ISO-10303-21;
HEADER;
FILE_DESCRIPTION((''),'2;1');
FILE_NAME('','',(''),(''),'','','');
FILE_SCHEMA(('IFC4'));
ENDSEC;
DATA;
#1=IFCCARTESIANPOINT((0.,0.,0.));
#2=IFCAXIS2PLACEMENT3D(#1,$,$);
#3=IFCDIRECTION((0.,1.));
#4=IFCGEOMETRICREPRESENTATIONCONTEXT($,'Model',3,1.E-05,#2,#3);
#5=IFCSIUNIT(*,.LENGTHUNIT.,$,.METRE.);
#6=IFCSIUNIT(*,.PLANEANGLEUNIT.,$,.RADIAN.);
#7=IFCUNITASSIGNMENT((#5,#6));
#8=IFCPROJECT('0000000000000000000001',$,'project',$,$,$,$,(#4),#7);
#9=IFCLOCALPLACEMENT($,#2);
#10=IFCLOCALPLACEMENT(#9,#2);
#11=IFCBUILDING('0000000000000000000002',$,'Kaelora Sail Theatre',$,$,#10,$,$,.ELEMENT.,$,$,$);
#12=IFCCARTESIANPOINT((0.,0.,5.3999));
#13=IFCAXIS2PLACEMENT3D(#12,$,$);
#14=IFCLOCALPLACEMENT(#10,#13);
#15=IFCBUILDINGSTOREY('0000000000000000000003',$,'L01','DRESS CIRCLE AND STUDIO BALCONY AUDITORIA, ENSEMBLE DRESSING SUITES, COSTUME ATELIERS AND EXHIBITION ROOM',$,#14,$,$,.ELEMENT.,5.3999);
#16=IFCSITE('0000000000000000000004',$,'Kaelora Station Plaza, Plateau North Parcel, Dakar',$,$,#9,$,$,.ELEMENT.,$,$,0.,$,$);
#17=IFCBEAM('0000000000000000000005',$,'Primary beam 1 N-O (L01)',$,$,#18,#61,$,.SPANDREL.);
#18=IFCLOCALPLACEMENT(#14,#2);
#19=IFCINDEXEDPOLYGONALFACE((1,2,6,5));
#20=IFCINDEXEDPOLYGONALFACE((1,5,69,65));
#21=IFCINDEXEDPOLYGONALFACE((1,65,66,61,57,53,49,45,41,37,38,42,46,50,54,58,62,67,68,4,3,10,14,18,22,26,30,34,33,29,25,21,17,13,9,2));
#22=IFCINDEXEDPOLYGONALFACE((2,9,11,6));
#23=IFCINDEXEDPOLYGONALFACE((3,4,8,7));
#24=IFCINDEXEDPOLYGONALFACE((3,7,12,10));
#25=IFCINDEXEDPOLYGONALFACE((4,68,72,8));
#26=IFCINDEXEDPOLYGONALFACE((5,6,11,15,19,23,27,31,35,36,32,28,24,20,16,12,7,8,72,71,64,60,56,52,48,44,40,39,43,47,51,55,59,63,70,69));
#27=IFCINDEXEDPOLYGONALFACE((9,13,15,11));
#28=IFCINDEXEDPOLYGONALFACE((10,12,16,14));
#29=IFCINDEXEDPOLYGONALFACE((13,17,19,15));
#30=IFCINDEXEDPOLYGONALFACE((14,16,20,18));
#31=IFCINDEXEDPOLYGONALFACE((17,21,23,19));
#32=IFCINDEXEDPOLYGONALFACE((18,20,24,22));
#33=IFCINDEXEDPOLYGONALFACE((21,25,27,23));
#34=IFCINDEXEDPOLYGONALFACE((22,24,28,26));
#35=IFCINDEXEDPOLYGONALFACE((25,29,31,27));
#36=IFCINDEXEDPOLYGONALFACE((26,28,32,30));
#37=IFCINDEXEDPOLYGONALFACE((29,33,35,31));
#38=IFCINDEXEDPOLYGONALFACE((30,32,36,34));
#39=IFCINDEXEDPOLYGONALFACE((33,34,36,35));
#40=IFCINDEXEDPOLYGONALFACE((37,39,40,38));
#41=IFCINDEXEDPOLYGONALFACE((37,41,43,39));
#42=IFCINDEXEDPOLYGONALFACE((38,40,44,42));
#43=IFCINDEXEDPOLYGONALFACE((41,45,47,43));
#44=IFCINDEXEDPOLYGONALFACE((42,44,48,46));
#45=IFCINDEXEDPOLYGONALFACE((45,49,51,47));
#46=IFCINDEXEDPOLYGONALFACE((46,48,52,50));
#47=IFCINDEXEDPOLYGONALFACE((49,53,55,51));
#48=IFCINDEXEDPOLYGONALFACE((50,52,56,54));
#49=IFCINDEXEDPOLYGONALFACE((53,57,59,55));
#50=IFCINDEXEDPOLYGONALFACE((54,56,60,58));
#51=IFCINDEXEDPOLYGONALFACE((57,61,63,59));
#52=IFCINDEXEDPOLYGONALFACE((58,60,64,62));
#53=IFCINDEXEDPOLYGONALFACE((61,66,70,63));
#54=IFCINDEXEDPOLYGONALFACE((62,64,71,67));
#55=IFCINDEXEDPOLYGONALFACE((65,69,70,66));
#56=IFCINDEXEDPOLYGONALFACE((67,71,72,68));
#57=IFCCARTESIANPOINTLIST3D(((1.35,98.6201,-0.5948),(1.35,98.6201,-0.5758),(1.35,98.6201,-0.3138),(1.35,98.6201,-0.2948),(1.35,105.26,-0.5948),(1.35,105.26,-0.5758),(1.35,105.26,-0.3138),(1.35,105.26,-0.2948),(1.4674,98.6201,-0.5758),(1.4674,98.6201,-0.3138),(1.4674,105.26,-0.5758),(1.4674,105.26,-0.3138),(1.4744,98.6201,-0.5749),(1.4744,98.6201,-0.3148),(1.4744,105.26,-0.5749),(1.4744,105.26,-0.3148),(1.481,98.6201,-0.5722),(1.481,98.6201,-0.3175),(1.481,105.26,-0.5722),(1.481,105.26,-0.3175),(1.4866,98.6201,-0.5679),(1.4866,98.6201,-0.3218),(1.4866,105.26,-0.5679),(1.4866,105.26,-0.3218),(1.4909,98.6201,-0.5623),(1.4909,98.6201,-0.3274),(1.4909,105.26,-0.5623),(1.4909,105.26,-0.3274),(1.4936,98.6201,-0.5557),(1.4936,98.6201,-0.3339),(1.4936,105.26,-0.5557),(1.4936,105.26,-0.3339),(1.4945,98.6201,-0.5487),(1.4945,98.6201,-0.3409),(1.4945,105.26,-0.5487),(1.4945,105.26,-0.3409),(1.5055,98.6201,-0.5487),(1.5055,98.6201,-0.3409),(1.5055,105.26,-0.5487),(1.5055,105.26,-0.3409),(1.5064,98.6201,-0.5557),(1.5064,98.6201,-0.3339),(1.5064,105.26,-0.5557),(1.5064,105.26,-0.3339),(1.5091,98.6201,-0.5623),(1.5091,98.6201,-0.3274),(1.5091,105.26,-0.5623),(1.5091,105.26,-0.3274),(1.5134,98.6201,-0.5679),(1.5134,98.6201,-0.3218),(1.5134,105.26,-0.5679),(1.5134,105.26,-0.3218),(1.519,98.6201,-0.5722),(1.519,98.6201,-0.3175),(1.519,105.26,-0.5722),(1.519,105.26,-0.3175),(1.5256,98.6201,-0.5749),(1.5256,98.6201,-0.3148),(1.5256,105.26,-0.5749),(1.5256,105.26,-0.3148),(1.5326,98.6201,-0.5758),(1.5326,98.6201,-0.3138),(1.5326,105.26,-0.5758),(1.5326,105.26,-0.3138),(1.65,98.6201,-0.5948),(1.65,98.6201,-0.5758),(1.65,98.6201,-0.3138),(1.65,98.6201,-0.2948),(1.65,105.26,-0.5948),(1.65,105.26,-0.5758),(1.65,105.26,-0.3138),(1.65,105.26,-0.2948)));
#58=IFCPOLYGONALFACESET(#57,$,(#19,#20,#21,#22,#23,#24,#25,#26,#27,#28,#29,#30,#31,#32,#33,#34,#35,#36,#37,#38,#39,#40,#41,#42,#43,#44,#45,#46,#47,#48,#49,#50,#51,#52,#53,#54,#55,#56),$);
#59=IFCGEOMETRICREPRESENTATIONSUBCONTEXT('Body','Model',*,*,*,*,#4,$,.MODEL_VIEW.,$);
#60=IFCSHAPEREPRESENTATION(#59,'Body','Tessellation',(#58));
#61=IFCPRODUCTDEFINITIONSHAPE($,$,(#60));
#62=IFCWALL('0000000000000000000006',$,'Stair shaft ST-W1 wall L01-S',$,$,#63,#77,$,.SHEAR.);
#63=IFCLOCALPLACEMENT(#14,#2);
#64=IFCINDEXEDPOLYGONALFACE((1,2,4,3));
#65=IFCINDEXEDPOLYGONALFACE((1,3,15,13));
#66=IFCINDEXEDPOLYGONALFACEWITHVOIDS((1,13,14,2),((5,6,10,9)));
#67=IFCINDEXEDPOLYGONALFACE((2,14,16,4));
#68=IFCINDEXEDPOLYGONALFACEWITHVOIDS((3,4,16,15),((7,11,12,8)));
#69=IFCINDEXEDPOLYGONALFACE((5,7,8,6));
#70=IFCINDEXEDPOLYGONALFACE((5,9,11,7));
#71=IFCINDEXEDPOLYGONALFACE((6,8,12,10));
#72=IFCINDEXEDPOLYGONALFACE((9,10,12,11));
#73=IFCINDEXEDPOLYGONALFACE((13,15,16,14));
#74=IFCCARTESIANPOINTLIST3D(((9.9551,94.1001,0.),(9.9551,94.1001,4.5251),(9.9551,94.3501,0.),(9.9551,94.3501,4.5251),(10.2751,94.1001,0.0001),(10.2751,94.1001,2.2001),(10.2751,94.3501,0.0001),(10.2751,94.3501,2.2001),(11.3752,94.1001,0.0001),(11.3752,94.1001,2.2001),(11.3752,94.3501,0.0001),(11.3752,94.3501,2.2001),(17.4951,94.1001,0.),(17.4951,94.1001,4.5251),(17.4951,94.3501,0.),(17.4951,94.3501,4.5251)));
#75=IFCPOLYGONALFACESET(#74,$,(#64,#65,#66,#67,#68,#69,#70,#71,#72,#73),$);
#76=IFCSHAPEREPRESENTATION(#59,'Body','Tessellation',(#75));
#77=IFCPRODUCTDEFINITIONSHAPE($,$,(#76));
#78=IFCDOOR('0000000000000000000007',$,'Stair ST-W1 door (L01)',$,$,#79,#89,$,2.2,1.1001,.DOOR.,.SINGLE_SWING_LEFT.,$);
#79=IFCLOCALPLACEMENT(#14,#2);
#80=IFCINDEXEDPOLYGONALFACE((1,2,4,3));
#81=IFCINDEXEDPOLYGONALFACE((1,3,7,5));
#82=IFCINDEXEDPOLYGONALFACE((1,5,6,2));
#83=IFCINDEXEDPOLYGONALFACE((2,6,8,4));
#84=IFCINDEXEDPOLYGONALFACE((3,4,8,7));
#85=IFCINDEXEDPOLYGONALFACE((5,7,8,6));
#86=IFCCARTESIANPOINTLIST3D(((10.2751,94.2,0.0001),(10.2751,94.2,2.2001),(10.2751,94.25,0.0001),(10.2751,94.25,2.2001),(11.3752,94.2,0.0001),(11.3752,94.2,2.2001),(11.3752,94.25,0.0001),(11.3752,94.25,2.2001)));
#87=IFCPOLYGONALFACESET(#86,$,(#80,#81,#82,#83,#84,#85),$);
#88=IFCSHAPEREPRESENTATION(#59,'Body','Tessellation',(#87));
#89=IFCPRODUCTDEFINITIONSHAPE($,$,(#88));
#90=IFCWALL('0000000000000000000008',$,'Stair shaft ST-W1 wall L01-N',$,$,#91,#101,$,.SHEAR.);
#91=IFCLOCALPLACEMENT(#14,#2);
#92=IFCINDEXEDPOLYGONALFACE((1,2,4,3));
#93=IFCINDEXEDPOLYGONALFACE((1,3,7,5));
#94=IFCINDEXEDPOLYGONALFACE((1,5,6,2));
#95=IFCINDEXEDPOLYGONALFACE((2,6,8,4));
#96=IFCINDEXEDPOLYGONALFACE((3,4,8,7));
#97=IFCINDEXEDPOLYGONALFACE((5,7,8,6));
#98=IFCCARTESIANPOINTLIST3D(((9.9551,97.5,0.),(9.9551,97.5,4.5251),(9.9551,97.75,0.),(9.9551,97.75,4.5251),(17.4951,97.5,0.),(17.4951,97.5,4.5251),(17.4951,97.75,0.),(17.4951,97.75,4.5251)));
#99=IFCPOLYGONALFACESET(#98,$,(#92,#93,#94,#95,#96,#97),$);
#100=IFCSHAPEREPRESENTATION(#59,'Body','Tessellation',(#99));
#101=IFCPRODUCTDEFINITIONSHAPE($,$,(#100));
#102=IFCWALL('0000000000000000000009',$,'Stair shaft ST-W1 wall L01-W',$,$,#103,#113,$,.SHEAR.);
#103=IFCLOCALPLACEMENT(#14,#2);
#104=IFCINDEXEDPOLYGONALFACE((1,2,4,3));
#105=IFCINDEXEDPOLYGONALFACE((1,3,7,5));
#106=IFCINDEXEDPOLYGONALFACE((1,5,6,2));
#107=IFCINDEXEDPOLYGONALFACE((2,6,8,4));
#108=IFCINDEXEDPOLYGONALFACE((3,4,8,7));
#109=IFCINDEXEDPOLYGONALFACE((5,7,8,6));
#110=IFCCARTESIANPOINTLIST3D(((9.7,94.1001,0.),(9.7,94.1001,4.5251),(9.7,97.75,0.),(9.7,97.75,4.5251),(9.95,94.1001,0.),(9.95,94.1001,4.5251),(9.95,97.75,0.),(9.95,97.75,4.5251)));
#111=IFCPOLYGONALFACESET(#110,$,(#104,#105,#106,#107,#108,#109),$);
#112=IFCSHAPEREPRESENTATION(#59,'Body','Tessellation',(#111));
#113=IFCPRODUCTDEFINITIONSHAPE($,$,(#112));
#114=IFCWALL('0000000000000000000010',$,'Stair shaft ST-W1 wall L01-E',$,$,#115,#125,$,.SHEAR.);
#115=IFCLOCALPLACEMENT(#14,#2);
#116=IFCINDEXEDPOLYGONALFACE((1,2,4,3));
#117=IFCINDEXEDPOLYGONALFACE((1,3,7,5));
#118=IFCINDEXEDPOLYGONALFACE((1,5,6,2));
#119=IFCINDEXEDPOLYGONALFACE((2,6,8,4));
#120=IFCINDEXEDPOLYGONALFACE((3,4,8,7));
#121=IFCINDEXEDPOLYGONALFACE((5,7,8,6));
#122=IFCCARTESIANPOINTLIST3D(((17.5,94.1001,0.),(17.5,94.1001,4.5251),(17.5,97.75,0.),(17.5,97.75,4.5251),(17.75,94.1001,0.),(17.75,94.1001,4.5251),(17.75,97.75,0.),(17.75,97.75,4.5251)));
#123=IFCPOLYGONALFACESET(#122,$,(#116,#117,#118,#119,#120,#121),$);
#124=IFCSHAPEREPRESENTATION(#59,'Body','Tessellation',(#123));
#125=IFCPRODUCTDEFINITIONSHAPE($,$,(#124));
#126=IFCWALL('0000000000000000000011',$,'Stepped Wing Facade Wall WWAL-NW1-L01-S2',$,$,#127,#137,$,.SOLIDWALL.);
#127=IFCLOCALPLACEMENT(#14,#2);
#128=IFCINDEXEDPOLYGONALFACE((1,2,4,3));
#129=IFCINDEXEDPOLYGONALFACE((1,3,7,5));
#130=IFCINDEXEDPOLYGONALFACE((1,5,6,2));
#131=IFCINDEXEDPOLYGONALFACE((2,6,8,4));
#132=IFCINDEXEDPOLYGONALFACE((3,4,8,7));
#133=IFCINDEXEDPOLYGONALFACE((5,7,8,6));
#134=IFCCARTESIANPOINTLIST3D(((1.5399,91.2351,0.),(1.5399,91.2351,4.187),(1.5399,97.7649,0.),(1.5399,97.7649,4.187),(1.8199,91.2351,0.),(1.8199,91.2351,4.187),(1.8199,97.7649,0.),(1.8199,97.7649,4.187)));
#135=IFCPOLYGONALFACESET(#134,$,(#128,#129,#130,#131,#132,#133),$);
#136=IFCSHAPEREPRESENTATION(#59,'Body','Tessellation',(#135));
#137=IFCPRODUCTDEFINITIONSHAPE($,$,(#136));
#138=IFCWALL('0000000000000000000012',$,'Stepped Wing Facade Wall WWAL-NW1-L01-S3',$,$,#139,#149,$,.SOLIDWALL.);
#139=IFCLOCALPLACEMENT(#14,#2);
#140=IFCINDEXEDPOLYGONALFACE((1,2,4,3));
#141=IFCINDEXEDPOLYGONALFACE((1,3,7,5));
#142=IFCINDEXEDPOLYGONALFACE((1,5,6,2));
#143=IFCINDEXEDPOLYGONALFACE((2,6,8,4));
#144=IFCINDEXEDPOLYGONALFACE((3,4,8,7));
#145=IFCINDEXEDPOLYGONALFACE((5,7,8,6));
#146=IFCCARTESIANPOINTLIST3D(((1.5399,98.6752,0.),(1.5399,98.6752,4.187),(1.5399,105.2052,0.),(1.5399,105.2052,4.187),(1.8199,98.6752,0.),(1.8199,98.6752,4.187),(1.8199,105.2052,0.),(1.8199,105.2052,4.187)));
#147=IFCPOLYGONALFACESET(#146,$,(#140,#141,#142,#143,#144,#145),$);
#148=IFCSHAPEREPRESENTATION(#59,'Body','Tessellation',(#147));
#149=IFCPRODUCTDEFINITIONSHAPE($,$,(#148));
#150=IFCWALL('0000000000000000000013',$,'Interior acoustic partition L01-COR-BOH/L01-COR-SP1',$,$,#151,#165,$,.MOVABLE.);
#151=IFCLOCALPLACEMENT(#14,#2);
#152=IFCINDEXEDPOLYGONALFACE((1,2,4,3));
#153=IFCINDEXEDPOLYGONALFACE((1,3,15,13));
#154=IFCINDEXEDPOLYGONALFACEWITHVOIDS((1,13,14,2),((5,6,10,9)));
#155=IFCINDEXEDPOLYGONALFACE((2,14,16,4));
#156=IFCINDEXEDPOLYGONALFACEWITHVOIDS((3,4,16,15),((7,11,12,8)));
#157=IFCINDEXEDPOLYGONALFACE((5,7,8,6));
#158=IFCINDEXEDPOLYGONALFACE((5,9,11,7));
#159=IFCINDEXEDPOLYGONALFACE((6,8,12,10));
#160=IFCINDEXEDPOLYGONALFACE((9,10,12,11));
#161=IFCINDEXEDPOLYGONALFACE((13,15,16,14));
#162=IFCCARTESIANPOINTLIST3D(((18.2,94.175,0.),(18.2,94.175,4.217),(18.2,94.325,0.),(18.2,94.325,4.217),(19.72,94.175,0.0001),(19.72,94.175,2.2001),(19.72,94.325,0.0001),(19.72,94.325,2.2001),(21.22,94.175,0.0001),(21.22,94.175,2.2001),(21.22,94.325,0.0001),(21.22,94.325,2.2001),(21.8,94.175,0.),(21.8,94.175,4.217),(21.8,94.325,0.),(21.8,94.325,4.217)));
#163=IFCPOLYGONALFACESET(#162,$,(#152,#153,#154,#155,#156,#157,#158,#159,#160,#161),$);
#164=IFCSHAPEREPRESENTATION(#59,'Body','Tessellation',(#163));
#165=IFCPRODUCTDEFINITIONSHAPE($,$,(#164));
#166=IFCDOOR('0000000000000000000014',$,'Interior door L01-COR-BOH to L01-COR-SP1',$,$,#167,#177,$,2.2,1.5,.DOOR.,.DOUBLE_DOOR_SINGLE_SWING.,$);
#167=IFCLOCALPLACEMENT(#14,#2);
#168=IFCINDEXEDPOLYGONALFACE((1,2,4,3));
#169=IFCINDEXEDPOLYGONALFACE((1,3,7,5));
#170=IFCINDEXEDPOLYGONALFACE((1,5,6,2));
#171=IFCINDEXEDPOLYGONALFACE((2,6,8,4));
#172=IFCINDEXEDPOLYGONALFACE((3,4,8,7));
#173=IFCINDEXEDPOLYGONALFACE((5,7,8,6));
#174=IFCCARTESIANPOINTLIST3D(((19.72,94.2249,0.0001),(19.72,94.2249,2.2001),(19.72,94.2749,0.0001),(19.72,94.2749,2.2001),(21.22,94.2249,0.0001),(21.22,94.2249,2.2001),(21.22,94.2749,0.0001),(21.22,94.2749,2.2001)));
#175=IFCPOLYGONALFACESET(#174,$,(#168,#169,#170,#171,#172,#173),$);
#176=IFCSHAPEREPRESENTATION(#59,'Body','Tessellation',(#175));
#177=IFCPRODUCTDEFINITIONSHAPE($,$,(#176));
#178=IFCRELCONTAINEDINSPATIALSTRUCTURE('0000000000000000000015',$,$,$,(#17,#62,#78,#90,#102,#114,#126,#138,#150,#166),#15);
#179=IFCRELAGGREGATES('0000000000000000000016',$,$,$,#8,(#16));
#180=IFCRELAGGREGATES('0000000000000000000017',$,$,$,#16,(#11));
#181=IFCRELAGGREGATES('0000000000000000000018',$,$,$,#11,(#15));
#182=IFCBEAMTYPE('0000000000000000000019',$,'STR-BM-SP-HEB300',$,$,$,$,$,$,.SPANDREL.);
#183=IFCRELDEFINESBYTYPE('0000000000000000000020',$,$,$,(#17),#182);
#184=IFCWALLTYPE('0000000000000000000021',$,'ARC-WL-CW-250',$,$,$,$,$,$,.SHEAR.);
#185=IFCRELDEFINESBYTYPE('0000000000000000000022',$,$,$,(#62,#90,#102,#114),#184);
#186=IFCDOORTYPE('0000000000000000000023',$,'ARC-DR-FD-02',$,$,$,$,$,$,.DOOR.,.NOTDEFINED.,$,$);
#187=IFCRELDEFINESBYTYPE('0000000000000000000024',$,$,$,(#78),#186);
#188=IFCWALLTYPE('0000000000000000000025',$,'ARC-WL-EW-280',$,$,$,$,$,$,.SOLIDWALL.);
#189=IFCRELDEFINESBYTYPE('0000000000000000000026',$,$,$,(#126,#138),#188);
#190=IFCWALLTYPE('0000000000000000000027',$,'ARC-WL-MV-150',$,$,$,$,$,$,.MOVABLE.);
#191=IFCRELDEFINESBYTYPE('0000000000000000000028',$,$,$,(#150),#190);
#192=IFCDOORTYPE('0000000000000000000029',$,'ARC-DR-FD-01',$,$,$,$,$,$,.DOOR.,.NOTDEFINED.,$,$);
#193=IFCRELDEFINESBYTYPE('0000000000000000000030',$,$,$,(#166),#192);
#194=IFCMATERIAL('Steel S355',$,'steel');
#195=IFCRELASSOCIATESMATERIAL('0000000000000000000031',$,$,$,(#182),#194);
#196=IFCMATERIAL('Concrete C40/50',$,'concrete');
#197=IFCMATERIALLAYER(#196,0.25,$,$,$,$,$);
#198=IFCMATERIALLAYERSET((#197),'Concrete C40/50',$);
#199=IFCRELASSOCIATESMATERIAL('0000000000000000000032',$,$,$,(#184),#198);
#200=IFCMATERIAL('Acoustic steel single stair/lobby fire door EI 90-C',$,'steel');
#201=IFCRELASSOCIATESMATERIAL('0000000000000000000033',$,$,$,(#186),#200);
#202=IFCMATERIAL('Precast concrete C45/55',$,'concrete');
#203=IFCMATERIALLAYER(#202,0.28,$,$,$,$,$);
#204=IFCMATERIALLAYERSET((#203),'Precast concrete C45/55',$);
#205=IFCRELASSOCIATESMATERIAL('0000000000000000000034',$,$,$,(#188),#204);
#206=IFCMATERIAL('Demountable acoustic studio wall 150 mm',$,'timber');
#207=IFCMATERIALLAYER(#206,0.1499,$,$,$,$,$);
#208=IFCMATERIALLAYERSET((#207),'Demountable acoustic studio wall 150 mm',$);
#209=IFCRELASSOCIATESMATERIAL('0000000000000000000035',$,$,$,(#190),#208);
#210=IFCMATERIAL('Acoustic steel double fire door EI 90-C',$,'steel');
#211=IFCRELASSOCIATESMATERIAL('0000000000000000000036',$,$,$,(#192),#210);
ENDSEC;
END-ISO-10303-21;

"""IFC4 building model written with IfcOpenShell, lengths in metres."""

from ifc_helpers import new_model, si_unit, direction, frame, frame_2d, origin, origin_2d, place, context, subcontext, project, spatial, rectangle, i_section, extrude, material, layer, layer_set, material_profile, profile_set, type_object, element, fill, save


model = new_model("IFC4")

# Units and contexts
model_context = context("Model", 3, precision=1e-05, world=origin(), true_north=direction((0.0, 1.0)))
body_context = subcontext(model_context, "Body", "Model", "MODEL_VIEW")
ifc_project = project(units=[si_unit("LENGTHUNIT", "METRE"), si_unit("PLANEANGLEUNIT", "RADIAN")], contexts=[model_context])

# Site, building, storey
site_placement = place(None, origin())
site = spatial("IfcSite", under=ifc_project, at=site_placement, Name="Kaelora Station Plaza, Plateau North Parcel, Dakar", CompositionType="ELEMENT", RefElevation=0.0)
building_placement = place(site_placement, origin())
building = spatial("IfcBuilding", under=site, at=building_placement, Name="Kaelora Sail Theatre", CompositionType="ELEMENT")
storey_placement = place(building_placement, frame((0.0, 0.0, 5.3999)))
storey = spatial("IfcBuildingStorey", under=building, at=storey_placement, Name="L01", Description="DRESS CIRCLE AND STUDIO BALCONY AUDITORIA, ENSEMBLE DRESSING SUITES, COSTUME ATELIERS AND EXHIBITION ROOM", CompositionType="ELEMENT", Elevation=5.3999)

# Beam
ifc_material_1 = material(Name="Steel S355", Category="steel")
ifc_material_profile_1 = material_profile(ifc_material_1, i_section(OverallWidth=0.3, OverallDepth=0.3, WebThickness=0.011, FlangeThickness=0.019, FilletRadius=0.0271, at=origin_2d()), Name="HEB 300")
ifc_profile_set_1 = profile_set([ifc_material_profile_1], Name="Steel S355")
beam_type_1 = type_object("IfcBeamType", Name="STR-BM-SP-HEB300", PredefinedType="SPANDREL", material=ifc_profile_set_1)
beam_1_placement = place(storey_placement, frame((1.5, 98.6201, -0.4448), z_axis=(0.0, 1.0, 0.0), x_axis=(-1.0, 0.0, 0.0)))
element("IfcBeam", 1, at=beam_1_placement, inside=storey, type_object=beam_type_1, Name="Primary beam 1 N-O (L01)", PredefinedType="SPANDREL", context=body_context, shape_type="SweptSolid", body=[
    extrude(i_section(OverallWidth=0.3, OverallDepth=0.3, WebThickness=0.011, FlangeThickness=0.019, FilletRadius=0.0271, at=origin_2d()), origin(), (0.0, 0.0, 1.0), 6.6399),
])

# Wall, opening, door
ifc_material_2 = material(Name="Concrete C40/50", Category="concrete")
ifc_layer_1 = layer(ifc_material_2, 0.25)
ifc_layer_set_1 = layer_set([ifc_layer_1], Name="Concrete C40/50")
wall_type_1 = type_object("IfcWallType", Name="ARC-WL-CW-250", PredefinedType="SHEAR", material=ifc_layer_set_1)
wall_1_placement = place(storey_placement, frame((9.9551, 94.2251, 0.0), z_axis=(0.0, 0.0, 1.0), x_axis=(1.0, 0.0, 0.0)))
wall_1 = element("IfcWall", 2, at=wall_1_placement, inside=storey, type_object=wall_type_1, Name="Stair shaft ST-W1 wall L01-S", PredefinedType="SHEAR", context=body_context, shape_type="SweptSolid", body=[
    extrude(rectangle(XDim=7.54, YDim=0.25, at=frame_2d((3.77, 0.0))), origin(), (0.0, 0.0, 1.0), 4.5251),
])
opening_1_placement = place(wall_1_placement, frame((0.3201, 0.0, 0.0)))
opening_1 = element("IfcOpeningElement", 3, at=opening_1_placement, cuts=wall_1, PredefinedType="OPENING", context=body_context, shape_type="SweptSolid", body=[
    extrude(rectangle(XDim=1.1001, YDim=2.2, at=frame_2d((0.55, 1.1001))), frame((0.0, 0.135, 0.0), z_axis=(0.0, -1.0, 0.0), x_axis=(1.0, 0.0, 0.0)), (0.0, 0.0, 1.0), 0.27),
])
ifc_material_3 = material(Name="Acoustic steel single stair/lobby fire door EI 90-C", Category="steel")
door_type_1 = type_object("IfcDoorType", Name="ARC-DR-FD-02", OperationType="NOTDEFINED", PredefinedType="DOOR", material=ifc_material_3)
door_1_placement = place(opening_1_placement, origin())
door_1 = element("IfcDoor", 4, at=door_1_placement, inside=storey, type_object=door_type_1, Name="Stair ST-W1 door (L01)", OperationType="SINGLE_SWING_LEFT", OverallHeight=2.2, OverallWidth=1.1001, PredefinedType="DOOR", context=body_context, shape_type="SweptSolid", body=[
    extrude(rectangle(XDim=1.1001, YDim=2.2, at=frame_2d((0.55, 1.1001))), frame((0.0, 0.0249, 0.0), z_axis=(0.0, -1.0, 0.0), x_axis=(1.0, 0.0, 0.0)), (0.0, 0.0, 1.0), 0.05),
])
fill(opening_1, door_1)

# Walls
wall_2_placement = place(storey_placement, frame((9.9551, 97.625, 0.0), z_axis=(0.0, 0.0, 1.0), x_axis=(1.0, 0.0, 0.0)))
element("IfcWall", 5, at=wall_2_placement, inside=storey, type_object=wall_type_1, Name="Stair shaft ST-W1 wall L01-N", PredefinedType="SHEAR", context=body_context, shape_type="SweptSolid", body=[
    extrude(rectangle(XDim=7.54, YDim=0.25, at=frame_2d((3.77, 0.0))), origin(), (0.0, 0.0, 1.0), 4.5251),
])
for number, where, z_axis, x_axis, name in (
    (6, (9.825, 94.1001, 0.0), (0.0, 0.0, 1.0), (0.0, 1.0, 0.0), "Stair shaft ST-W1 wall L01-W"),
    (7, (17.625, 94.1001, 0.0), (0.0, 0.0, 1.0), (0.0, 1.0, 0.0), "Stair shaft ST-W1 wall L01-E"),
):
    element("IfcWall", number, at=place(storey_placement, frame(where, z_axis=z_axis, x_axis=x_axis)), inside=storey, type_object=wall_type_1, Name=name, PredefinedType="SHEAR", context=body_context, shape_type="SweptSolid", body=[
        extrude(rectangle(XDim=3.6499, YDim=0.25, at=frame_2d((1.825, 0.0))), origin(), (0.0, 0.0, 1.0), 4.5251),
    ])
ifc_material_4 = material(Name="Precast concrete C45/55", Category="concrete")
ifc_layer_2 = layer(ifc_material_4, 0.28)
ifc_layer_set_2 = layer_set([ifc_layer_2], Name="Precast concrete C45/55")
wall_type_2 = type_object("IfcWallType", Name="ARC-WL-EW-280", PredefinedType="SOLIDWALL", material=ifc_layer_set_2)
wall_3_placement = place(storey_placement, frame((1.6799, 91.2351, 0.0), z_axis=(0.0, 0.0, 1.0), x_axis=(0.0, 1.0, 0.0)))
element("IfcWall", 8, at=wall_3_placement, inside=storey, type_object=wall_type_2, Name="Stepped Wing Facade Wall WWAL-NW1-L01-S2", PredefinedType="SOLIDWALL", context=body_context, shape_type="SweptSolid", body=[
    extrude(rectangle(XDim=6.5298, YDim=0.28, at=frame_2d((3.2649, 0.0))), origin(), (0.0, 0.0, 1.0), 4.187),
])
wall_4_placement = place(storey_placement, frame((1.6799, 98.675, 0.0), z_axis=(0.0, 0.0, 1.0), x_axis=(0.0, 1.0, 0.0)))
element("IfcWall", 9, at=wall_4_placement, inside=storey, type_object=wall_type_2, Name="Stepped Wing Facade Wall WWAL-NW1-L01-S3", PredefinedType="SOLIDWALL", context=body_context, shape_type="SweptSolid", body=[
    extrude(rectangle(XDim=6.53, YDim=0.28, at=frame_2d((3.2651, 0.0))), origin(), (0.0, 0.0, 1.0), 4.187),
])

# Wall, opening, door
ifc_material_5 = material(Name="Demountable acoustic studio wall 150 mm", Category="timber")
ifc_layer_3 = layer(ifc_material_5, 0.1499)
ifc_layer_set_3 = layer_set([ifc_layer_3], Name="Demountable acoustic studio wall 150 mm")
wall_type_3 = type_object("IfcWallType", Name="ARC-WL-MV-150", PredefinedType="MOVABLE", material=ifc_layer_set_3)
wall_5_placement = place(storey_placement, frame((18.2, 94.25, 0.0), z_axis=(0.0, 0.0, 1.0), x_axis=(1.0, 0.0, 0.0)))
wall_5 = element("IfcWall", 10, at=wall_5_placement, inside=storey, type_object=wall_type_3, Name="Interior acoustic partition L01-COR-BOH/L01-COR-SP1", PredefinedType="MOVABLE", context=body_context, shape_type="SweptSolid", body=[
    extrude(rectangle(XDim=3.6001, YDim=0.1499, at=frame_2d((1.8, 0.0))), origin(), (0.0, 0.0, 1.0), 4.217),
])
opening_2_placement = place(wall_5_placement, frame((1.52, 0.0, 0.0)))
opening_2 = element("IfcOpeningElement", 11, at=opening_2_placement, cuts=wall_5, PredefinedType="OPENING", context=body_context, shape_type="SweptSolid", body=[
    extrude(rectangle(XDim=1.5, YDim=2.2, at=frame_2d((0.75, 1.1001))), frame((0.0, 0.085, 0.0), z_axis=(0.0, -1.0, 0.0), x_axis=(1.0, 0.0, 0.0)), (0.0, 0.0, 1.0), 0.1699),
])
ifc_material_6 = material(Name="Acoustic steel double fire door EI 90-C", Category="steel")
door_type_2 = type_object("IfcDoorType", Name="ARC-DR-FD-01", OperationType="NOTDEFINED", PredefinedType="DOOR", material=ifc_material_6)
door_2_placement = place(opening_2_placement, origin())
door_2 = element("IfcDoor", 12, at=door_2_placement, inside=storey, type_object=door_type_2, Name="Interior door L01-COR-BOH to L01-COR-SP1", OperationType="DOUBLE_DOOR_SINGLE_SWING", OverallHeight=2.2, OverallWidth=1.5, PredefinedType="DOOR", context=body_context, shape_type="SweptSolid", body=[
    extrude(rectangle(XDim=1.5, YDim=2.2, at=frame_2d((0.75, 1.1001))), frame((0.0, 0.0249, 0.0), z_axis=(0.0, -1.0, 0.0), x_axis=(1.0, 0.0, 0.0)), (0.0, 0.0, 1.0), 0.05),
])
fill(opening_2, door_2)

save(model, "model.ifc")
